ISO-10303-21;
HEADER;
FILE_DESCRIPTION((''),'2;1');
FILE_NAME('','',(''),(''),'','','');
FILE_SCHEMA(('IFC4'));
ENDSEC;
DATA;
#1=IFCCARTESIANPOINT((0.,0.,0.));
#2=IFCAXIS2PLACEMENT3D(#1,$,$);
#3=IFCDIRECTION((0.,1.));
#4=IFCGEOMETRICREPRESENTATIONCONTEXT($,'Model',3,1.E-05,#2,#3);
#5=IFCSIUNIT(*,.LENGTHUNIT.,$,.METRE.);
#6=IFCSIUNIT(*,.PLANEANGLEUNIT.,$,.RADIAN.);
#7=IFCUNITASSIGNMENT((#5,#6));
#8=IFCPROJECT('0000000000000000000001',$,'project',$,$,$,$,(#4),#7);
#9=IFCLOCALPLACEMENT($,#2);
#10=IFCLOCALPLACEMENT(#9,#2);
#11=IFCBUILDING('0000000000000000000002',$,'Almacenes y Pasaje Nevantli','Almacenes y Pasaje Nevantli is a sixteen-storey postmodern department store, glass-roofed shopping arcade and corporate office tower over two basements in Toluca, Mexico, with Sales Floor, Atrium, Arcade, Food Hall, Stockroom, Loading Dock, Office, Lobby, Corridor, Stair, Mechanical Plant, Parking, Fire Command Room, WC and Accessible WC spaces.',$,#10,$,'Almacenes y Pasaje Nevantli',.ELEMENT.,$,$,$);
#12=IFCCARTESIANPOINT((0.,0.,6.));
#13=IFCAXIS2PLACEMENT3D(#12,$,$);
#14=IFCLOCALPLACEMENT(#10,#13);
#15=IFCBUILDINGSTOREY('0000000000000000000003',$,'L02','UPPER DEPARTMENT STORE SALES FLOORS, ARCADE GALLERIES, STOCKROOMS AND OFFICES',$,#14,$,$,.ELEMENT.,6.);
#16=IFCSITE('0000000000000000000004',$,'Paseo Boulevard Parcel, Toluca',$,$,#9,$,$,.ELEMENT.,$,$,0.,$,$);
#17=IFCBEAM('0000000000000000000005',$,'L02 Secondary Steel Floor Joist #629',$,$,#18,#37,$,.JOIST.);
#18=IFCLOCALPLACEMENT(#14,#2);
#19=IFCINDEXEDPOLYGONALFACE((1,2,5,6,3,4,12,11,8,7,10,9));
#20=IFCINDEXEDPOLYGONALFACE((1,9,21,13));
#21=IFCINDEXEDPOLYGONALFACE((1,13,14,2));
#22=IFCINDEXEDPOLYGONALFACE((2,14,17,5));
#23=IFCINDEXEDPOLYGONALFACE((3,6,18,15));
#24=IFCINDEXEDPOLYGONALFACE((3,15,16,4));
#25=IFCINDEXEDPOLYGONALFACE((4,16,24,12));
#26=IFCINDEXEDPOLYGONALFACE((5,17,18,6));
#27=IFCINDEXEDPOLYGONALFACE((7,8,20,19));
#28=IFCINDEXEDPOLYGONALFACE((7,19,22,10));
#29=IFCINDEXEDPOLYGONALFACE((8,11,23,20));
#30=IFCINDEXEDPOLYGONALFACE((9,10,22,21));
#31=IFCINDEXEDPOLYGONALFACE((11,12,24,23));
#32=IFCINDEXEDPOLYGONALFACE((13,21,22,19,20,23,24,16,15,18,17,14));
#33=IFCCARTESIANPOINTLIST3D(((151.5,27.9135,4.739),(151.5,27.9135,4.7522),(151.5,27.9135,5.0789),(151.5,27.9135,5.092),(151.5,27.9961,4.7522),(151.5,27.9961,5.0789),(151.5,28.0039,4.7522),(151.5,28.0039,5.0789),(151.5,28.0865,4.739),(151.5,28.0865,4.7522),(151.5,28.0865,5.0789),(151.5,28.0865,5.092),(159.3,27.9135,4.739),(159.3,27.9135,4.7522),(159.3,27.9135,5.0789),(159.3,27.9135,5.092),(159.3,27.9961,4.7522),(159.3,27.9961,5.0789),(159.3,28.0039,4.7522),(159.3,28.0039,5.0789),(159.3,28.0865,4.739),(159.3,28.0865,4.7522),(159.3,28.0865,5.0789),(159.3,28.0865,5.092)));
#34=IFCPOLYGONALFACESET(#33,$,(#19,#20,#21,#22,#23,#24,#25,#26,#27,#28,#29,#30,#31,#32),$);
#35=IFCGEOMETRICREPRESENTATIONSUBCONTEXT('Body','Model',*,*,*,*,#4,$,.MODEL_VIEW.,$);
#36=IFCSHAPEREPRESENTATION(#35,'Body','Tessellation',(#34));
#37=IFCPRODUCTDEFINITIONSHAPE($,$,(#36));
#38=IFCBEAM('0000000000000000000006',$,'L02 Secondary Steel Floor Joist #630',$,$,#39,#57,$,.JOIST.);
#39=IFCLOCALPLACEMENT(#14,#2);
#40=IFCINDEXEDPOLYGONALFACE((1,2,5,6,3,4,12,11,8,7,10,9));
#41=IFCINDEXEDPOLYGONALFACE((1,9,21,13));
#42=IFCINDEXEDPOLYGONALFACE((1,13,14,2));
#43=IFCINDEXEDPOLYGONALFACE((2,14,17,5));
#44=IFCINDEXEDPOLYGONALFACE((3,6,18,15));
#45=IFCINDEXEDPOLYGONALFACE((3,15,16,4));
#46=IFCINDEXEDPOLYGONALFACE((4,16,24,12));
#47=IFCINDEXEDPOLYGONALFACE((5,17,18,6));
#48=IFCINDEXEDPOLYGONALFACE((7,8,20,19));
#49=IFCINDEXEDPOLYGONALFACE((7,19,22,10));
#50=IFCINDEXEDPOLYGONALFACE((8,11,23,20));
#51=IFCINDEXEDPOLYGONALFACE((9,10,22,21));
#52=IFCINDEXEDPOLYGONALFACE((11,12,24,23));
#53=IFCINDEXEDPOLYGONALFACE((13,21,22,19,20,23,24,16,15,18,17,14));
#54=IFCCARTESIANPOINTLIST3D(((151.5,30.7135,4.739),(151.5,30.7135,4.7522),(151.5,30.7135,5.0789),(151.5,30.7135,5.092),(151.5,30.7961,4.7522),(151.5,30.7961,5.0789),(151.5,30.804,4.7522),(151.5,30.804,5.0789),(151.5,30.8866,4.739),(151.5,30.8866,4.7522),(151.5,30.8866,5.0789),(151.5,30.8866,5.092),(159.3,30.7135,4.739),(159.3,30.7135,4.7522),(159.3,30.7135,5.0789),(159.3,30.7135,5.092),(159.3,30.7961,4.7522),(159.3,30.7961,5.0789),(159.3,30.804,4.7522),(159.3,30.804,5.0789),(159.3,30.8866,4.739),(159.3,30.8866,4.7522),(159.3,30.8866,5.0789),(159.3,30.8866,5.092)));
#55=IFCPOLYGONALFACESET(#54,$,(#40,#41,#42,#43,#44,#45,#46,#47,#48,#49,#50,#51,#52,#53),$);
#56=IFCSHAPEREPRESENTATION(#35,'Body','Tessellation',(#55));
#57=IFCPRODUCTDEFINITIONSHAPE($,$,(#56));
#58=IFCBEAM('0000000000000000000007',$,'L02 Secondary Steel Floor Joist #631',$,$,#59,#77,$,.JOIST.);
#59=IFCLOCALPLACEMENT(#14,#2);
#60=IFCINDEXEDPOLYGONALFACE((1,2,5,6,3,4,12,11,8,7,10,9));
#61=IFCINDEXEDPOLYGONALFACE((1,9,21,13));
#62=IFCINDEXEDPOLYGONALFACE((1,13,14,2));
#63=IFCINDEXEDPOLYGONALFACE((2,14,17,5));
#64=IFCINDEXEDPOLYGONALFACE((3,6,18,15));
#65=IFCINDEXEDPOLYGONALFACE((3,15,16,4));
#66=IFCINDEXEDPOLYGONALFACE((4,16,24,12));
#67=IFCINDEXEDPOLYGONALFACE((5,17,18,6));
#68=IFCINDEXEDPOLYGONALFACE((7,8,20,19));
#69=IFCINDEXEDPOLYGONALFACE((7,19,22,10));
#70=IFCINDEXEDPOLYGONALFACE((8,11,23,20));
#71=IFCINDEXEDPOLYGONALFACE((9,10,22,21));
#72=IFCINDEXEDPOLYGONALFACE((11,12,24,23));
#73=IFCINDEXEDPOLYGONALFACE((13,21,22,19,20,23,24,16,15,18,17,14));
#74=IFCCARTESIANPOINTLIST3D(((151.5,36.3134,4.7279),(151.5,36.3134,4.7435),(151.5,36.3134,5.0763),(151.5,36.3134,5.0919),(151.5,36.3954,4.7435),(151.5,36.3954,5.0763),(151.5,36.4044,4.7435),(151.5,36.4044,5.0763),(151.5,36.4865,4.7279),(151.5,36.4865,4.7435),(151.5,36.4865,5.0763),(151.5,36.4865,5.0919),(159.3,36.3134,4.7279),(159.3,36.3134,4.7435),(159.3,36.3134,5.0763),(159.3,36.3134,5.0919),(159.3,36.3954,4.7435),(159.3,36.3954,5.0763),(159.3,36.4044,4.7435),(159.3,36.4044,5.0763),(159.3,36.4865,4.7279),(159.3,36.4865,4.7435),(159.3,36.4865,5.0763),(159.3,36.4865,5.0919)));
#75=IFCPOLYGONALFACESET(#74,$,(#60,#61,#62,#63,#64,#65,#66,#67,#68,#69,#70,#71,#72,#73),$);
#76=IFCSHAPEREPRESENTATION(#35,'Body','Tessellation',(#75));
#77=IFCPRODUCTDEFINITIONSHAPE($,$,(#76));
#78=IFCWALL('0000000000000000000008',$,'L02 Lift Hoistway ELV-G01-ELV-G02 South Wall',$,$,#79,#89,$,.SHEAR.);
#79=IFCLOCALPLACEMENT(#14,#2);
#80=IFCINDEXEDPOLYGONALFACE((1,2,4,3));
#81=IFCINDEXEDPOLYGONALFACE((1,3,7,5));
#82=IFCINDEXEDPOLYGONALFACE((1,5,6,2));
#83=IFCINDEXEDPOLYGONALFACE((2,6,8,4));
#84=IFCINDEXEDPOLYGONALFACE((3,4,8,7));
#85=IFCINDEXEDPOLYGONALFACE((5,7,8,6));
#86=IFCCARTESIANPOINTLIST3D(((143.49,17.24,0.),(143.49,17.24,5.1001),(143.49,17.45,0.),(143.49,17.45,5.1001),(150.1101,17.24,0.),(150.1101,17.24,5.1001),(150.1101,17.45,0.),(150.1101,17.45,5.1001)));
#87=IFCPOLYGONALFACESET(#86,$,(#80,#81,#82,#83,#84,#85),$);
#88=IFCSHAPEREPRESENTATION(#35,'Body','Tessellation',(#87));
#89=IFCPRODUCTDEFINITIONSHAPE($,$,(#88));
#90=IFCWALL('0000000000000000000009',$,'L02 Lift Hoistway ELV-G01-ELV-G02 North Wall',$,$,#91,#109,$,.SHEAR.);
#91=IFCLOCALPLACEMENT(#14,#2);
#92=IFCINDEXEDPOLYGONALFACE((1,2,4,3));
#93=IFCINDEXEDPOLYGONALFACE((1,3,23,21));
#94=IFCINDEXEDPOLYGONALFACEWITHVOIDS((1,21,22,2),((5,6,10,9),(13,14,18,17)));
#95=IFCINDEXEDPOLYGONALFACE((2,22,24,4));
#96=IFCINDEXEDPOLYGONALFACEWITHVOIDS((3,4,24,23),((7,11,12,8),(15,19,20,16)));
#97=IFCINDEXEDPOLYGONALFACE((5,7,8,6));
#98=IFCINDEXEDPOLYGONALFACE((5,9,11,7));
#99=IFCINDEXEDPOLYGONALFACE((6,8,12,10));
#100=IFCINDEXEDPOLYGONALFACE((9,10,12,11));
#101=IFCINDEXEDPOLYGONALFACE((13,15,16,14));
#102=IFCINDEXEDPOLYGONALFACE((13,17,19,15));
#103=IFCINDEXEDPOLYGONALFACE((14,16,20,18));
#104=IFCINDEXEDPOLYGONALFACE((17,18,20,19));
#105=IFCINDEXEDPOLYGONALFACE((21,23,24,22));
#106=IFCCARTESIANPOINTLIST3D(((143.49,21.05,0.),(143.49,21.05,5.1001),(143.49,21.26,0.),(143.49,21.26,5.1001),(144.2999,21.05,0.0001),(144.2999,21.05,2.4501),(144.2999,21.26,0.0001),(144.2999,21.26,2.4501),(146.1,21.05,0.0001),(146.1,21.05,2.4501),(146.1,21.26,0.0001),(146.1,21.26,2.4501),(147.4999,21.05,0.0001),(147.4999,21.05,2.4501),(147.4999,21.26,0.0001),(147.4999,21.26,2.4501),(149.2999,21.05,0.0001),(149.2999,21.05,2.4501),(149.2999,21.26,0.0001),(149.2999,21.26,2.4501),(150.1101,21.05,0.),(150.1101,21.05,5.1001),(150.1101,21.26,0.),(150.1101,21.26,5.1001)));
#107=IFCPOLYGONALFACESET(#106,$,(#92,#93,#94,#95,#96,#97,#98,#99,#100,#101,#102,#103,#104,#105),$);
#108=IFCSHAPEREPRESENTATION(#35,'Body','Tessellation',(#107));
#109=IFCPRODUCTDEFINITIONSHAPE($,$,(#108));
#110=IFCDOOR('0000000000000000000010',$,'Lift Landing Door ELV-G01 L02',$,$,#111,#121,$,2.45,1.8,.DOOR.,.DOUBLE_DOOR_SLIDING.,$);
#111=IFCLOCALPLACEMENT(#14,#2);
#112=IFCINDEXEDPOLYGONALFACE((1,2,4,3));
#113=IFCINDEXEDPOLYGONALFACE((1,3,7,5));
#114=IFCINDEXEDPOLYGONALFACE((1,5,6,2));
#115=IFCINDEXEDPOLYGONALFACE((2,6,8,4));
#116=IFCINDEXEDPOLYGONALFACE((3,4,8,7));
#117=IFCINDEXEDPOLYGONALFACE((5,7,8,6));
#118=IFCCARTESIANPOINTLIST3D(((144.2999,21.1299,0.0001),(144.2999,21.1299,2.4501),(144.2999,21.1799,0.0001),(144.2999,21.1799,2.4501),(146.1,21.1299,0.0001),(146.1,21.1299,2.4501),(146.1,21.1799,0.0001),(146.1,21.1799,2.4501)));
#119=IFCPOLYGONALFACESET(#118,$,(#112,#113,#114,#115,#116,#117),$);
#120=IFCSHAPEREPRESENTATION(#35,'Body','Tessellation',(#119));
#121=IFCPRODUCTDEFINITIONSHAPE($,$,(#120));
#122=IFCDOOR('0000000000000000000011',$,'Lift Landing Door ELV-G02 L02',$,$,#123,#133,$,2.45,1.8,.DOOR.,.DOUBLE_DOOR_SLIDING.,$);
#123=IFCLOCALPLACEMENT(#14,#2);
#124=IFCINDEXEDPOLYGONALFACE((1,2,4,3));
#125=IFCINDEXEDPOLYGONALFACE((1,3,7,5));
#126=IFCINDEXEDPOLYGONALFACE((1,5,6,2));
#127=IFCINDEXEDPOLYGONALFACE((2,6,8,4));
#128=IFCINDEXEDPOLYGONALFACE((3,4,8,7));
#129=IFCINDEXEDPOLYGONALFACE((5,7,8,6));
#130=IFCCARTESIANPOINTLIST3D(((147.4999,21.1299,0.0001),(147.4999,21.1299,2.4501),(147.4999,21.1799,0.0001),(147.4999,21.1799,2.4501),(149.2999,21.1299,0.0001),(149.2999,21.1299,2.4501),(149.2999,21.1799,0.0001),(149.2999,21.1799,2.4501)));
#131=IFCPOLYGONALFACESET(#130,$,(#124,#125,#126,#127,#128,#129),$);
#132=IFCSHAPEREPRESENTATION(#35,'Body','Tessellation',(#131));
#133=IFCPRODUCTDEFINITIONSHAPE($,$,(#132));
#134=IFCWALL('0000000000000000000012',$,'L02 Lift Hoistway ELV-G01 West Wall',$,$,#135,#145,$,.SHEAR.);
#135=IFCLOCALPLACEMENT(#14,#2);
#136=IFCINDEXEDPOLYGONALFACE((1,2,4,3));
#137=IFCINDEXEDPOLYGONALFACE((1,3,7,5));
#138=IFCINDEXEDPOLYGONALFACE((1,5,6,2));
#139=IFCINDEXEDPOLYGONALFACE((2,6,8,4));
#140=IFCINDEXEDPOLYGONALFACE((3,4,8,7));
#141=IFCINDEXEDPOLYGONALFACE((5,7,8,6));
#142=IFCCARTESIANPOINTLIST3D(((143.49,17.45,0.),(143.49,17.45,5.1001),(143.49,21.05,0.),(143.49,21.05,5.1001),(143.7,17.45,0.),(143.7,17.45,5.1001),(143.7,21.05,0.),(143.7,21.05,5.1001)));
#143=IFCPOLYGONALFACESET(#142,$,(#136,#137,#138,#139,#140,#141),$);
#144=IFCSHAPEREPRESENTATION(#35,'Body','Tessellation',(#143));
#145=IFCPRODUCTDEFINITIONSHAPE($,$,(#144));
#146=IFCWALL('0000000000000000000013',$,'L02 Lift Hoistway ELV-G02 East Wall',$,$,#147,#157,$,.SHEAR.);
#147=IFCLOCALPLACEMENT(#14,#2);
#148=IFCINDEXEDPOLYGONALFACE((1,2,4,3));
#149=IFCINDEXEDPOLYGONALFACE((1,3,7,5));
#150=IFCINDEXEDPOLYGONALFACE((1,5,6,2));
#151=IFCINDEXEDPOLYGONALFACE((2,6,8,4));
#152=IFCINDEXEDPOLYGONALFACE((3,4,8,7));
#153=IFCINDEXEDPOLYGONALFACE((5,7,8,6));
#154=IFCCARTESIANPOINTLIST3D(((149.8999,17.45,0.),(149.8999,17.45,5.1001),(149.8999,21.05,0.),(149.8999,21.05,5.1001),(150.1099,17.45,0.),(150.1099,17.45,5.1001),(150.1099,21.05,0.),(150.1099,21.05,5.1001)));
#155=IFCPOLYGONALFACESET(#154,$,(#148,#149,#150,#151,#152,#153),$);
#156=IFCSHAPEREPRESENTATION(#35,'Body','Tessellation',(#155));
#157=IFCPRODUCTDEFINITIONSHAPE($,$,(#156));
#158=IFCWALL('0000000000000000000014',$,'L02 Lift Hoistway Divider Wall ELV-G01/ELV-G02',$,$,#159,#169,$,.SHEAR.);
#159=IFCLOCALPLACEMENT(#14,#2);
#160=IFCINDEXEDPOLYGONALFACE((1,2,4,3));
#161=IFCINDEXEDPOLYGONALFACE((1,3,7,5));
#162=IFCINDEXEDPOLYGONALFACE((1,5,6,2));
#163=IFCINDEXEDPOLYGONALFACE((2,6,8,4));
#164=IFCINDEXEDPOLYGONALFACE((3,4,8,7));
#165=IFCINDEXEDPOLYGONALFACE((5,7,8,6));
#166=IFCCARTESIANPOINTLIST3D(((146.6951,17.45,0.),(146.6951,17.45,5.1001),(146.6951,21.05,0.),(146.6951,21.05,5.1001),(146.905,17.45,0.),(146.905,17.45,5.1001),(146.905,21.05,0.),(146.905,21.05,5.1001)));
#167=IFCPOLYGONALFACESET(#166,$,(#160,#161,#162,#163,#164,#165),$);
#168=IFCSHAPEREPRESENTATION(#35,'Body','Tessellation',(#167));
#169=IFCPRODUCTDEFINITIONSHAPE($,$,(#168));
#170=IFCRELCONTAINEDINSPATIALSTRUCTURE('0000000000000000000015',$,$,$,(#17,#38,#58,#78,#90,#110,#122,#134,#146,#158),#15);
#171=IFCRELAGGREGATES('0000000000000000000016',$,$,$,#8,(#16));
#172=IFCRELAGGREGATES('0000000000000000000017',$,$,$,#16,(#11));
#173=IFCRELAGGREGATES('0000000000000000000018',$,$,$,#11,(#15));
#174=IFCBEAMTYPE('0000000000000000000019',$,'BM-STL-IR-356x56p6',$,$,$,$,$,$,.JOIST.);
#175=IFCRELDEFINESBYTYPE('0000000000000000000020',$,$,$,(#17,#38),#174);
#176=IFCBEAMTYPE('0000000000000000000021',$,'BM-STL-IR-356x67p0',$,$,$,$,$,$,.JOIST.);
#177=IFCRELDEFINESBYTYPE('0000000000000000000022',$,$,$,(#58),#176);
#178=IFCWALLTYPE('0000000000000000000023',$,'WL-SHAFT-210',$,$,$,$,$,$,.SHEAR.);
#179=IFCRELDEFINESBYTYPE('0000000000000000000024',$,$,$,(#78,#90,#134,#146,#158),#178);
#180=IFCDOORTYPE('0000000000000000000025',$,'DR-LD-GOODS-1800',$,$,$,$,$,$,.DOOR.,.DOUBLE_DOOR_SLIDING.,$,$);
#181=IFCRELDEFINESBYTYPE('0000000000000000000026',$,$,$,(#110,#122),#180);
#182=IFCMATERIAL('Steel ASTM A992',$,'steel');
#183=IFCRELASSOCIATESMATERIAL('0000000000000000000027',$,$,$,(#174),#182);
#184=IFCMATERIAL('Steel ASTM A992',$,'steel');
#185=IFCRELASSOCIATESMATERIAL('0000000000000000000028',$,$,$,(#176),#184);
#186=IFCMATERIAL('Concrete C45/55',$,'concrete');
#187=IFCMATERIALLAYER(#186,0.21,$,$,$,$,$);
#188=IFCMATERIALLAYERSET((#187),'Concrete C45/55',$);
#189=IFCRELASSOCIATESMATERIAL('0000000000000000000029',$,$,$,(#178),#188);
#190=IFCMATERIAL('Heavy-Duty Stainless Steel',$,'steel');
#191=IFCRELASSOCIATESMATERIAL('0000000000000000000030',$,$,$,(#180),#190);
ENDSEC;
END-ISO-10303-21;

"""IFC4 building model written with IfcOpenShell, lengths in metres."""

from ifc_helpers import new_model, si_unit, direction, frame, frame_2d, origin, origin_2d, place, context, subcontext, project, spatial, rectangle, i_section, extrude, material, layer, layer_set, material_profile, profile_set, type_object, element, fill, save


model = new_model("IFC4")

# Units and contexts
model_context = context("Model", 3, precision=1e-05, world=origin(), true_north=direction((0.0, 1.0)))
body_context = subcontext(model_context, "Body", "Model", "MODEL_VIEW")
ifc_project = project(units=[si_unit("LENGTHUNIT", "METRE"), si_unit("PLANEANGLEUNIT", "RADIAN")], contexts=[model_context])

# Site, building, storey
site_placement = place(None, origin())
site = spatial("IfcSite", under=ifc_project, at=site_placement, Name="Paseo Boulevard Parcel, Toluca", CompositionType="ELEMENT", RefElevation=0.0)
building_placement = place(site_placement, origin())
building = spatial("IfcBuilding", under=site, at=building_placement, Name="Almacenes y Pasaje Nevantli", Description="Almacenes y Pasaje Nevantli is a sixteen-storey postmodern department store, glass-roofed shopping arcade and corporate office tower over two basements in Toluca, Mexico, with Sales Floor, Atrium, Arcade, Food Hall, Stockroom, Loading Dock, Office, Lobby, Corridor, Stair, Mechanical Plant, Parking, Fire Command Room, WC and Accessible WC spaces.", LongName="Almacenes y Pasaje Nevantli", CompositionType="ELEMENT")
storey_placement = place(building_placement, frame((0.0, 0.0, 6.0)))
storey = spatial("IfcBuildingStorey", under=building, at=storey_placement, Name="L02", Description="UPPER DEPARTMENT STORE SALES FLOORS, ARCADE GALLERIES, STOCKROOMS AND OFFICES", CompositionType="ELEMENT", Elevation=6.0)

# Beams
ifc_material_1 = material(Name="Steel ASTM A992", Category="steel")
ifc_material_profile_1 = material_profile(ifc_material_1, i_section(OverallWidth=0.1731, OverallDepth=0.353, WebThickness=0.0078, FlangeThickness=0.0132, at=origin_2d()), Name="IR 356x56.6")
ifc_profile_set_1 = profile_set([ifc_material_profile_1], Name="Steel ASTM A992")
beam_type_1 = type_object("IfcBeamType", Name="BM-STL-IR-356x56p6", PredefinedType="JOIST", material=ifc_profile_set_1)
for number, where, z_axis, x_axis, name in (
    (1, (151.5, 28.0, 4.9155), (1.0, 0.0, 0.0), (0.0, 1.0, 0.0), "L02 Secondary Steel Floor Joist #629"),
    (2, (151.5, 30.8, 4.9155), (1.0, 0.0, 0.0), (0.0, 1.0, 0.0), "L02 Secondary Steel Floor Joist #630"),
):
    element("IfcBeam", number, at=place(storey_placement, frame(where, z_axis=z_axis, x_axis=x_axis)), inside=storey, type_object=beam_type_1, Name=name, PredefinedType="JOIST", context=body_context, shape_type="SweptSolid", body=[
        extrude(i_section(OverallWidth=0.1731, OverallDepth=0.353, WebThickness=0.0078, FlangeThickness=0.0132, at=origin_2d()), origin(), (0.0, 0.0, 1.0), 7.8),
    ])
ifc_material_2 = material(Name="Steel ASTM A992", Category="steel")
ifc_material_profile_2 = material_profile(ifc_material_2, i_section(OverallWidth=0.1731, OverallDepth=0.364, WebThickness=0.009, FlangeThickness=0.0156, at=origin_2d()), Name="IR 356x67.0")
ifc_profile_set_2 = profile_set([ifc_material_profile_2], Name="Steel ASTM A992")
beam_type_2 = type_object("IfcBeamType", Name="BM-STL-IR-356x67p0", PredefinedType="JOIST", material=ifc_profile_set_2)
beam_1_placement = place(storey_placement, frame((151.5, 36.3999, 4.9099), z_axis=(1.0, 0.0, 0.0), x_axis=(0.0, 1.0, 0.0)))
element("IfcBeam", 3, at=beam_1_placement, inside=storey, type_object=beam_type_2, Name="L02 Secondary Steel Floor Joist #631", PredefinedType="JOIST", context=body_context, shape_type="SweptSolid", body=[
    extrude(i_section(OverallWidth=0.1731, OverallDepth=0.364, WebThickness=0.009, FlangeThickness=0.0156, at=origin_2d()), origin(), (0.0, 0.0, 1.0), 7.8),
])

# Wall
ifc_material_3 = material(Name="Concrete C45/55", Category="concrete")
ifc_layer = layer(ifc_material_3, 0.21)
ifc_layer_set = layer_set([ifc_layer], Name="Concrete C45/55")
wall_type = type_object("IfcWallType", Name="WL-SHAFT-210", PredefinedType="SHEAR", material=ifc_layer_set)
wall_1_placement = place(storey_placement, frame((143.49, 17.345, 0.0), z_axis=(0.0, 0.0, 1.0), x_axis=(1.0, 0.0, 0.0)))
element("IfcWall", 4, at=wall_1_placement, inside=storey, type_object=wall_type, Name="L02 Lift Hoistway ELV-G01-ELV-G02 South Wall", PredefinedType="SHEAR", context=body_context, shape_type="SweptSolid", body=[
    extrude(rectangle(XDim=6.6201, YDim=0.21, at=frame_2d((3.3101, 0.0))), origin(), (0.0, 0.0, 1.0), 5.1001),
])

# Wall, openings, doors
wall_2_placement = place(storey_placement, frame((143.49, 21.155, 0.0), z_axis=(0.0, 0.0, 1.0), x_axis=(1.0, 0.0, 0.0)))
wall_2 = element("IfcWall", 5, at=wall_2_placement, inside=storey, type_object=wall_type, Name="L02 Lift Hoistway ELV-G01-ELV-G02 North Wall", PredefinedType="SHEAR", context=body_context, shape_type="SweptSolid", body=[
    extrude(rectangle(XDim=6.6201, YDim=0.21, at=frame_2d((3.3101, 0.0))), origin(), (0.0, 0.0, 1.0), 5.1001),
])
opening_1_placement = place(wall_2_placement, frame((0.8101, 0.0, 0.0)))
opening_1 = element("IfcOpeningElement", 6, at=opening_1_placement, cuts=wall_2, PredefinedType="OPENING", context=body_context, shape_type="SweptSolid", body=[
    extrude(rectangle(XDim=1.8, YDim=2.45, at=frame_2d((0.8999, 1.2251))), frame((0.0, 0.115, 0.0), z_axis=(0.0, -1.0, 0.0), x_axis=(1.0, 0.0, 0.0)), (0.0, 0.0, 1.0), 0.23),
])
opening_2_placement = place(wall_2_placement, frame((4.01, 0.0, 0.0)))
opening_2 = element("IfcOpeningElement", 7, at=opening_2_placement, cuts=wall_2, PredefinedType="OPENING", context=body_context, shape_type="SweptSolid", body=[
    extrude(rectangle(XDim=1.8, YDim=2.45, at=frame_2d((0.8999, 1.2251))), frame((0.0, 0.115, 0.0), z_axis=(0.0, -1.0, 0.0), x_axis=(1.0, 0.0, 0.0)), (0.0, 0.0, 1.0), 0.23),
])
ifc_material_4 = material(Name="Heavy-Duty Stainless Steel", Category="steel")
door_type = type_object("IfcDoorType", Name="DR-LD-GOODS-1800", OperationType="DOUBLE_DOOR_SLIDING", PredefinedType="DOOR", material=ifc_material_4)
door_1_placement = place(opening_1_placement, origin())
door_1 = element("IfcDoor", 8, at=door_1_placement, inside=storey, type_object=door_type, Name="Lift Landing Door ELV-G01 L02", OperationType="DOUBLE_DOOR_SLIDING", OverallHeight=2.45, OverallWidth=1.8, PredefinedType="DOOR", context=body_context, shape_type="SweptSolid", body=[
    extrude(rectangle(XDim=1.8, YDim=2.45, at=frame_2d((0.8999, 1.2251))), frame((0.0, 0.0249, 0.0), z_axis=(0.0, -1.0, 0.0), x_axis=(1.0, 0.0, 0.0)), (0.0, 0.0, 1.0), 0.05),
])
fill(opening_1, door_1)
door_2_placement = place(opening_2_placement, origin())
door_2 = element("IfcDoor", 9, at=door_2_placement, inside=storey, type_object=door_type, Name="Lift Landing Door ELV-G02 L02", OperationType="DOUBLE_DOOR_SLIDING", OverallHeight=2.45, OverallWidth=1.8, PredefinedType="DOOR", context=body_context, shape_type="SweptSolid", body=[
    extrude(rectangle(XDim=1.8, YDim=2.45, at=frame_2d((0.8999, 1.2251))), frame((0.0, 0.0249, 0.0), z_axis=(0.0, -1.0, 0.0), x_axis=(1.0, 0.0, 0.0)), (0.0, 0.0, 1.0), 0.05),
])
fill(opening_2, door_2)

# Walls
for number, where, z_axis, x_axis, name in (
    (10, (143.595, 17.45, 0.0), (0.0, 0.0, 1.0), (0.0, 1.0, 0.0), "L02 Lift Hoistway ELV-G01 West Wall"),
    (11, (150.0049, 17.45, 0.0), (0.0, 0.0, 1.0), (0.0, 1.0, 0.0), "L02 Lift Hoistway ELV-G02 East Wall"),
    (12, (146.8, 17.45, 0.0), (0.0, 0.0, 1.0), (0.0, 1.0, 0.0), "L02 Lift Hoistway Divider Wall ELV-G01/ELV-G02"),
):
    element("IfcWall", number, at=place(storey_placement, frame(where, z_axis=z_axis, x_axis=x_axis)), inside=storey, type_object=wall_type, Name=name, PredefinedType="SHEAR", context=body_context, shape_type="SweptSolid", body=[
        extrude(rectangle(XDim=3.6001, YDim=0.21, at=frame_2d((1.8, 0.0))), origin(), (0.0, 0.0, 1.0), 5.1001),
    ])

save(model, "model.ifc")
